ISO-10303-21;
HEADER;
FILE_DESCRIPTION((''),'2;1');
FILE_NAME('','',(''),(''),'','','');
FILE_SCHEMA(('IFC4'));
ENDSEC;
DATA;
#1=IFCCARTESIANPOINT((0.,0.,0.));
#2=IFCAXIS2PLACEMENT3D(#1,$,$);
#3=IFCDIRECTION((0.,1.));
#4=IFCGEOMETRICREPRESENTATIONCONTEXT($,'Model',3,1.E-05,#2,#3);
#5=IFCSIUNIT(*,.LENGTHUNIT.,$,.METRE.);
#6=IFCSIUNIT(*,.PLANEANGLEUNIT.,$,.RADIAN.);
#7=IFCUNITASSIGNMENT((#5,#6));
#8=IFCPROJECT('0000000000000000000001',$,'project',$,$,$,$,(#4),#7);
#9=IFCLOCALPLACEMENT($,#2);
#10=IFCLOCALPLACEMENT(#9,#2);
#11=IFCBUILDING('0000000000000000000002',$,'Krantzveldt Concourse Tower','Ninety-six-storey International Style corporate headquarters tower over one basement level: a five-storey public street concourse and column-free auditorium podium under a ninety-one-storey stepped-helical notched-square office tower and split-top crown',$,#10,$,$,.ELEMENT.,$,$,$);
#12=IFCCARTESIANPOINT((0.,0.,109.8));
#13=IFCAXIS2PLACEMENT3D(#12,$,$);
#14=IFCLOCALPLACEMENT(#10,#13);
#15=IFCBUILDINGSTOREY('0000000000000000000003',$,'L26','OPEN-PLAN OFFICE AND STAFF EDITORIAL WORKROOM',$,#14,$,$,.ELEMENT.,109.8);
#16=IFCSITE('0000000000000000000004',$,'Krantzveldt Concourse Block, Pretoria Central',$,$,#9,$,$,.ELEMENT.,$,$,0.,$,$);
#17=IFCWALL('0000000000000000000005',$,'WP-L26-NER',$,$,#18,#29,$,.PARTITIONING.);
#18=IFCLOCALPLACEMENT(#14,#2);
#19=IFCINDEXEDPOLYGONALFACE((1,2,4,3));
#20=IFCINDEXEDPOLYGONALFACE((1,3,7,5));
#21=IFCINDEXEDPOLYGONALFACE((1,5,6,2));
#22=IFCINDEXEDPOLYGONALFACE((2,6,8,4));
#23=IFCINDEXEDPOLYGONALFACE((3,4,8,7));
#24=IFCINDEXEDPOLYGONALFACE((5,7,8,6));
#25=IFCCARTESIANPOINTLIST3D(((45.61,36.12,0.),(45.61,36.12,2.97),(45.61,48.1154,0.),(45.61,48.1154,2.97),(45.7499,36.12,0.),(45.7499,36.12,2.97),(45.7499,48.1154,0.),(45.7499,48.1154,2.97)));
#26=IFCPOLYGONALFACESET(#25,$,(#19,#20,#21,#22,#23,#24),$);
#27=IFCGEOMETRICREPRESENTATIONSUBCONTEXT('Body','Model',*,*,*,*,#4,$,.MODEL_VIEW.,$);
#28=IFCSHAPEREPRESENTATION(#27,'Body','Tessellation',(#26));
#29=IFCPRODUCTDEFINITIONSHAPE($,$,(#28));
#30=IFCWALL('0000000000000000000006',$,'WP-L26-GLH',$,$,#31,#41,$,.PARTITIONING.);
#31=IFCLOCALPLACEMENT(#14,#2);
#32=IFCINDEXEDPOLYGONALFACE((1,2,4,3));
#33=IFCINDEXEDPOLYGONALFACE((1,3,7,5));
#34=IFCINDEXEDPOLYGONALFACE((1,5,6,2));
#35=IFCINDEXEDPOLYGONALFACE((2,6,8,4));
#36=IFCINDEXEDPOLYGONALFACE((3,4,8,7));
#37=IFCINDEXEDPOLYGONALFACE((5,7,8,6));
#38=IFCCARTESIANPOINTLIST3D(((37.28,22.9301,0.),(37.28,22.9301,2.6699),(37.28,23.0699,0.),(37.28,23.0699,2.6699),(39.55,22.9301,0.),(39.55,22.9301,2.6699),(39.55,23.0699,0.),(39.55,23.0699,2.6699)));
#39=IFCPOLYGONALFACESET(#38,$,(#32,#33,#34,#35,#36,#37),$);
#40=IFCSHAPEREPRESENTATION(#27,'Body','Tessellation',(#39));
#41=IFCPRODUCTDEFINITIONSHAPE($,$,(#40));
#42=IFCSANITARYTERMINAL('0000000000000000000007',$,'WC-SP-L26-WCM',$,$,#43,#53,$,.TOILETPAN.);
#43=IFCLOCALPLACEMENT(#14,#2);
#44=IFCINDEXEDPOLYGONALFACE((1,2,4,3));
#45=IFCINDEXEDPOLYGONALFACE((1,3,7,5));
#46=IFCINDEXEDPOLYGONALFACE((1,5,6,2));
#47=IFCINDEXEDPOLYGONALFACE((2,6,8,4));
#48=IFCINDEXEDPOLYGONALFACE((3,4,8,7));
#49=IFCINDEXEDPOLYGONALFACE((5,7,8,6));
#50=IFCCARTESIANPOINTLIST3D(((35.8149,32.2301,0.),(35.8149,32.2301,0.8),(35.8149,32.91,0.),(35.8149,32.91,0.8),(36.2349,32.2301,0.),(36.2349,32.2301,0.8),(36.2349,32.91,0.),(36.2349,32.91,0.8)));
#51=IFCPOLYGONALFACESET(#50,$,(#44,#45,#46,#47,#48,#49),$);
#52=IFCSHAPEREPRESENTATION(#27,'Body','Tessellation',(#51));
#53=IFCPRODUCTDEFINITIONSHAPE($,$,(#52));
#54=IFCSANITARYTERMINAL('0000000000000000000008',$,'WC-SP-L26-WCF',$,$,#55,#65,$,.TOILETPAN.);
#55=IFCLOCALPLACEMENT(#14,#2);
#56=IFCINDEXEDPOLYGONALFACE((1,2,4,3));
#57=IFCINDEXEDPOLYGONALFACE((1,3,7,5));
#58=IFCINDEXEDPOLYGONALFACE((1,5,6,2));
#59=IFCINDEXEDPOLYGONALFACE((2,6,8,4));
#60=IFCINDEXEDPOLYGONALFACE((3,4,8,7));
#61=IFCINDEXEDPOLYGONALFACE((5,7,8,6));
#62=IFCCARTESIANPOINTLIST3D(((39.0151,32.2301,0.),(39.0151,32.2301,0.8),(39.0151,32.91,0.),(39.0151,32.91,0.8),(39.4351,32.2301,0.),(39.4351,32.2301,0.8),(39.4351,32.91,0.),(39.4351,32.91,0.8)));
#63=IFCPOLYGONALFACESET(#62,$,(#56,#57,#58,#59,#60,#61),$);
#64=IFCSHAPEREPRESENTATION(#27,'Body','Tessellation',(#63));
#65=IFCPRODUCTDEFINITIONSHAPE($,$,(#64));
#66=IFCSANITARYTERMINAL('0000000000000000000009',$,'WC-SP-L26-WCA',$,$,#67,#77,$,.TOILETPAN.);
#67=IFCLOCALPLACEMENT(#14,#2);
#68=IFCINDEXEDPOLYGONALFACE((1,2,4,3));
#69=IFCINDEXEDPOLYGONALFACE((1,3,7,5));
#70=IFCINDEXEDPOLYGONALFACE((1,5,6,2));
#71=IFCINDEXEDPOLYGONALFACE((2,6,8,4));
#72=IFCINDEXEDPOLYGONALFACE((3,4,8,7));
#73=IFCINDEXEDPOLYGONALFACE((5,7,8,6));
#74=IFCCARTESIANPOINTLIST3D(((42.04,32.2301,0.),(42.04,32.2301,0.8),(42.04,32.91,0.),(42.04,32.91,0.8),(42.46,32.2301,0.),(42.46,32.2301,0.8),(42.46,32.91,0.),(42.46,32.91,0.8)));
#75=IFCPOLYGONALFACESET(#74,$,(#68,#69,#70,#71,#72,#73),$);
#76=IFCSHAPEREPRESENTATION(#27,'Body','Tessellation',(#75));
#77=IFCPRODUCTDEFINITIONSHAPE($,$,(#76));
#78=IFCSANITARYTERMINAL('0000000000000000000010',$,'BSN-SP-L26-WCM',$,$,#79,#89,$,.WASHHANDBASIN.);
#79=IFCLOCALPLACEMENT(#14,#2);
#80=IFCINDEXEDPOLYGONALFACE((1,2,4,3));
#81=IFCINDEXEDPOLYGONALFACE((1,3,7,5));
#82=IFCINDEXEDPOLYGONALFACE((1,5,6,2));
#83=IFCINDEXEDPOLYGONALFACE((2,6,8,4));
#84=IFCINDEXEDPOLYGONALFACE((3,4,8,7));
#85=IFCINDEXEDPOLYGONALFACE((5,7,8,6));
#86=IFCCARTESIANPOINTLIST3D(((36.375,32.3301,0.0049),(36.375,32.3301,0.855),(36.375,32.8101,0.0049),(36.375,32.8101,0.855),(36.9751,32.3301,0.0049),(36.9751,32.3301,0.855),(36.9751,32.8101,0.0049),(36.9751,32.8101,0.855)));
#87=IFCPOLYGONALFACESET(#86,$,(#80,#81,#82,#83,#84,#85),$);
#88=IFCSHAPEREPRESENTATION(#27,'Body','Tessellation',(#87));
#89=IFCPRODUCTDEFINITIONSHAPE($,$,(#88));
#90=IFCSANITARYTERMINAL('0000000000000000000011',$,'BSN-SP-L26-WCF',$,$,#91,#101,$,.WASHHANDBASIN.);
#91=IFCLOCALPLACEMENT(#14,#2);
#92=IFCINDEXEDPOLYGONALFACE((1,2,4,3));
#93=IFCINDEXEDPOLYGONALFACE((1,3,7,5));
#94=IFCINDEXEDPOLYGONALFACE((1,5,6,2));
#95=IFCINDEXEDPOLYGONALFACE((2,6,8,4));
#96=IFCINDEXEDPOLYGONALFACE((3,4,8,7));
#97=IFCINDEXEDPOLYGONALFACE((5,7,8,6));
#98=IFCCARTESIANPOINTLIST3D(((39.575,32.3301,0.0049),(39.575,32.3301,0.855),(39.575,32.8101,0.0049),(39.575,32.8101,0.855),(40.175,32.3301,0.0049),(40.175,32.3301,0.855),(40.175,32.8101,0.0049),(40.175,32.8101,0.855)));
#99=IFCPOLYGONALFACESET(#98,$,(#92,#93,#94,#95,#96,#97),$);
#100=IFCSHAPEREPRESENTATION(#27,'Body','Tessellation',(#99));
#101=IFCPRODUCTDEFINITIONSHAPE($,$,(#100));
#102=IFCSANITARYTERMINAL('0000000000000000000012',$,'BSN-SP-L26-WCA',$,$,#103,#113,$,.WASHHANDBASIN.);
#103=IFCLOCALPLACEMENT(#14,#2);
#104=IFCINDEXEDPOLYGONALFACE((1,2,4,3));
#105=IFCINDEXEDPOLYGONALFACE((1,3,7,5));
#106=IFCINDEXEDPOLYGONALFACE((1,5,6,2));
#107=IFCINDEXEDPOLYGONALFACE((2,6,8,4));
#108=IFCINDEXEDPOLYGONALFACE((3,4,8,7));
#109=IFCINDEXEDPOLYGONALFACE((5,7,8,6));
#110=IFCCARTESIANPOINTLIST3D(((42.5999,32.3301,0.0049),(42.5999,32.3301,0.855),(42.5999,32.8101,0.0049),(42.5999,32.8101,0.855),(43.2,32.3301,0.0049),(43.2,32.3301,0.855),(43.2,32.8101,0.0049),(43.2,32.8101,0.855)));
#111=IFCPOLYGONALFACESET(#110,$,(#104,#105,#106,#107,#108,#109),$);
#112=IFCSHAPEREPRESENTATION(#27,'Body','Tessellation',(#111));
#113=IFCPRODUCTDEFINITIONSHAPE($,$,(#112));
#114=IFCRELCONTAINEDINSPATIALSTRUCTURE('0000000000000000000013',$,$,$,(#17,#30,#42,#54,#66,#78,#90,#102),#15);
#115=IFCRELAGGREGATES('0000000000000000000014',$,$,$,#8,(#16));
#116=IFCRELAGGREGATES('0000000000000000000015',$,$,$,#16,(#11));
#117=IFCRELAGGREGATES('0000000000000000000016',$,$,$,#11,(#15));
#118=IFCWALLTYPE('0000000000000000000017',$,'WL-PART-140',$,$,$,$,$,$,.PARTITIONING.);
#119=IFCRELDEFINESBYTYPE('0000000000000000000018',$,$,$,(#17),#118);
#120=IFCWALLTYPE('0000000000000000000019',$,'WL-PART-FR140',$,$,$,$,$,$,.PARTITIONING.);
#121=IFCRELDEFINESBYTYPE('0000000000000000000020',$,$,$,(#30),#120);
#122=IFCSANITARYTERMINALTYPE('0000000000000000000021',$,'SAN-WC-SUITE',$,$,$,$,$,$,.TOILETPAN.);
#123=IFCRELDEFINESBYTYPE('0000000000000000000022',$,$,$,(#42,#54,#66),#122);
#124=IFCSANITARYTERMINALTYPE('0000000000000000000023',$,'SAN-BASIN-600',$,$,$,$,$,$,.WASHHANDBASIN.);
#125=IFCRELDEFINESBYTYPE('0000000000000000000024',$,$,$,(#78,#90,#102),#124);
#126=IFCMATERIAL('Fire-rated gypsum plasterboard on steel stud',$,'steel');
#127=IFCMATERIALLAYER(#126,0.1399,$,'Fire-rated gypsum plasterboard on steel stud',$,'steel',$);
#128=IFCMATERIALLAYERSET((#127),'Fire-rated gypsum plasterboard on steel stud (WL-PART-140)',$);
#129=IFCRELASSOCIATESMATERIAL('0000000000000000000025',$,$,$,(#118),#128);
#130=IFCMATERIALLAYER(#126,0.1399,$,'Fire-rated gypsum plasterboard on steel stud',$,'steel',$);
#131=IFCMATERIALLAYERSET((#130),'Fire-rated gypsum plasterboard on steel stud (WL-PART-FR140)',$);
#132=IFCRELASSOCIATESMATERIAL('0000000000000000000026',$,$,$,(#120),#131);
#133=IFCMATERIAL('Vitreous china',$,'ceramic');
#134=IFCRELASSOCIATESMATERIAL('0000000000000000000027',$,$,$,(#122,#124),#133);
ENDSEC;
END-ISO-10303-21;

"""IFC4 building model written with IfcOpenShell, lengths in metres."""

from ifc_helpers import new_model, si_unit, direction, frame, frame_2d, origin, origin_2d, place, context, subcontext, project, spatial, rectangle, extrude, source, transform, mapped, material, layer, layer_set, type_object, type_shapes, element, save


model = new_model("IFC4")

# Units and contexts
model_context = context("Model", 3, precision=1e-05, world=origin(), true_north=direction((0.0, 1.0)))
body_context = subcontext(model_context, "Body", "Model", "MODEL_VIEW")
ifc_project = project(units=[si_unit("LENGTHUNIT", "METRE"), si_unit("PLANEANGLEUNIT", "RADIAN")], contexts=[model_context])

# Site, building, storey
site_placement = place(None, origin())
site = spatial("IfcSite", under=ifc_project, at=site_placement, Name="Krantzveldt Concourse Block, Pretoria Central", CompositionType="ELEMENT", RefElevation=0.0)
building_placement = place(site_placement, origin())
building = spatial("IfcBuilding", under=site, at=building_placement, Name="Krantzveldt Concourse Tower", Description="Ninety-six-storey International Style corporate headquarters tower over one basement level: a five-storey public street concourse and column-free auditorium podium under a ninety-one-storey stepped-helical notched-square office tower and split-top crown", CompositionType="ELEMENT")
storey_placement = place(building_placement, frame((0.0, 0.0, 109.8)))
storey = spatial("IfcBuildingStorey", under=building, at=storey_placement, Name="L26", Description="OPEN-PLAN OFFICE AND STAFF EDITORIAL WORKROOM", CompositionType="ELEMENT", Elevation=109.8)

# Walls
ifc_material_1 = material(Name="Fire-rated gypsum plasterboard on steel stud", Category="steel")
ifc_layer_1 = layer(ifc_material_1, 0.1399, Name="Fire-rated gypsum plasterboard on steel stud", Category="steel")
ifc_layer_set_1 = layer_set([ifc_layer_1], Name="Fire-rated gypsum plasterboard on steel stud (WL-PART-140)")
wall_type_1 = type_object("IfcWallType", Name="WL-PART-140", PredefinedType="PARTITIONING", material=ifc_layer_set_1)
wall_1_placement = place(storey_placement, frame((45.6799, 36.1201, 0.0), z_axis=(0.0, 0.0, 1.0), x_axis=(0.0, 1.0, 0.0)))
element("IfcWall", 1, at=wall_1_placement, inside=storey, type_object=wall_type_1, Name="WP-L26-NER", PredefinedType="PARTITIONING", context=body_context, shape_type="SweptSolid", body=[
    extrude(rectangle(XDim=11.9954, YDim=0.1399, at=frame_2d((5.9976, 0.0))), origin(), (0.0, 0.0, 1.0), 2.97),
])
ifc_layer_2 = layer(ifc_material_1, 0.1399, Name="Fire-rated gypsum plasterboard on steel stud", Category="steel")
ifc_layer_set_2 = layer_set([ifc_layer_2], Name="Fire-rated gypsum plasterboard on steel stud (WL-PART-FR140)")
wall_type_2 = type_object("IfcWallType", Name="WL-PART-FR140", PredefinedType="PARTITIONING", material=ifc_layer_set_2)
wall_2_placement = place(storey_placement, frame((37.28, 23.0, 0.0), z_axis=(0.0, 0.0, 1.0), x_axis=(1.0, 0.0, 0.0)))
element("IfcWall", 2, at=wall_2_placement, inside=storey, type_object=wall_type_2, Name="WP-L26-GLH", PredefinedType="PARTITIONING", context=body_context, shape_type="SweptSolid", body=[
    extrude(rectangle(XDim=2.27, YDim=0.1399, at=frame_2d((1.135, 0.0))), origin(), (0.0, 0.0, 1.0), 2.6699),
])

# Sanitary terminals
ifc_material_2 = material(Name="Vitreous china", Category="ceramic")
sanitary_terminal_type_1 = type_object("IfcSanitaryTerminalType", Name="SAN-WC-SUITE", PredefinedType="TOILETPAN", material=ifc_material_2)
shared_shape_1 = source(origin(), body_context, "Body", "SweptSolid", [
    extrude(rectangle(XDim=0.4199, YDim=0.6799, at=origin_2d()), origin(), (0.0, 0.0, 1.0), 0.8),
])
type_shapes(sanitary_terminal_type_1, [shared_shape_1])
for number, where, z_axis, x_axis, name in (
    (3, (36.0249, 32.5701, 0.0), (0.0, 0.0, 1.0), (1.0, 0.0, 0.0), "WC-SP-L26-WCM"),
    (4, (39.2251, 32.5701, 0.0), (0.0, 0.0, 1.0), (1.0, 0.0, 0.0), "WC-SP-L26-WCF"),
    (5, (42.25, 32.5701, 0.0), (0.0, 0.0, 1.0), (1.0, 0.0, 0.0), "WC-SP-L26-WCA"),
):
    element("IfcSanitaryTerminal", number, at=place(storey_placement, frame(where, z_axis=z_axis, x_axis=x_axis)), inside=storey, type_object=sanitary_terminal_type_1, Name=name, PredefinedType="TOILETPAN", context=body_context, shape_type="MappedRepresentation", body=[
        mapped(shared_shape_1, transform((0.0, 0.0, 0.0), x_axis=(1.0, 0.0, 0.0), y_axis=(0.0, 1.0, 0.0), z_axis=(0.0, 0.0, 1.0), scale=1.0)),
    ])
sanitary_terminal_type_2 = type_object("IfcSanitaryTerminalType", Name="SAN-BASIN-600", PredefinedType="WASHHANDBASIN", material=ifc_material_2)
shared_shape_2 = source(origin(), body_context, "Body", "SweptSolid", [
    extrude(rectangle(XDim=0.6001, YDim=0.48, at=origin_2d()), origin(), (0.0, 0.0, 1.0), 0.8501),
])
type_shapes(sanitary_terminal_type_2, [shared_shape_2])
for number, where, z_axis, x_axis, name in (
    (6, (36.675, 32.5701, 0.0049), (0.0, 0.0, 1.0), (1.0, 0.0, 0.0), "BSN-SP-L26-WCM"),
    (7, (39.875, 32.5701, 0.0049), (0.0, 0.0, 1.0), (1.0, 0.0, 0.0), "BSN-SP-L26-WCF"),
    (8, (42.8999, 32.5701, 0.0049), (0.0, 0.0, 1.0), (1.0, 0.0, 0.0), "BSN-SP-L26-WCA"),
):
    element("IfcSanitaryTerminal", number, at=place(storey_placement, frame(where, z_axis=z_axis, x_axis=x_axis)), inside=storey, type_object=sanitary_terminal_type_2, Name=name, PredefinedType="WASHHANDBASIN", context=body_context, shape_type="MappedRepresentation", body=[
        mapped(shared_shape_2, transform((0.0, 0.0, 0.0), x_axis=(1.0, 0.0, 0.0), y_axis=(0.0, 1.0, 0.0), z_axis=(0.0, 0.0, 1.0), scale=1.0)),
    ])

save(model, "model.ifc")
